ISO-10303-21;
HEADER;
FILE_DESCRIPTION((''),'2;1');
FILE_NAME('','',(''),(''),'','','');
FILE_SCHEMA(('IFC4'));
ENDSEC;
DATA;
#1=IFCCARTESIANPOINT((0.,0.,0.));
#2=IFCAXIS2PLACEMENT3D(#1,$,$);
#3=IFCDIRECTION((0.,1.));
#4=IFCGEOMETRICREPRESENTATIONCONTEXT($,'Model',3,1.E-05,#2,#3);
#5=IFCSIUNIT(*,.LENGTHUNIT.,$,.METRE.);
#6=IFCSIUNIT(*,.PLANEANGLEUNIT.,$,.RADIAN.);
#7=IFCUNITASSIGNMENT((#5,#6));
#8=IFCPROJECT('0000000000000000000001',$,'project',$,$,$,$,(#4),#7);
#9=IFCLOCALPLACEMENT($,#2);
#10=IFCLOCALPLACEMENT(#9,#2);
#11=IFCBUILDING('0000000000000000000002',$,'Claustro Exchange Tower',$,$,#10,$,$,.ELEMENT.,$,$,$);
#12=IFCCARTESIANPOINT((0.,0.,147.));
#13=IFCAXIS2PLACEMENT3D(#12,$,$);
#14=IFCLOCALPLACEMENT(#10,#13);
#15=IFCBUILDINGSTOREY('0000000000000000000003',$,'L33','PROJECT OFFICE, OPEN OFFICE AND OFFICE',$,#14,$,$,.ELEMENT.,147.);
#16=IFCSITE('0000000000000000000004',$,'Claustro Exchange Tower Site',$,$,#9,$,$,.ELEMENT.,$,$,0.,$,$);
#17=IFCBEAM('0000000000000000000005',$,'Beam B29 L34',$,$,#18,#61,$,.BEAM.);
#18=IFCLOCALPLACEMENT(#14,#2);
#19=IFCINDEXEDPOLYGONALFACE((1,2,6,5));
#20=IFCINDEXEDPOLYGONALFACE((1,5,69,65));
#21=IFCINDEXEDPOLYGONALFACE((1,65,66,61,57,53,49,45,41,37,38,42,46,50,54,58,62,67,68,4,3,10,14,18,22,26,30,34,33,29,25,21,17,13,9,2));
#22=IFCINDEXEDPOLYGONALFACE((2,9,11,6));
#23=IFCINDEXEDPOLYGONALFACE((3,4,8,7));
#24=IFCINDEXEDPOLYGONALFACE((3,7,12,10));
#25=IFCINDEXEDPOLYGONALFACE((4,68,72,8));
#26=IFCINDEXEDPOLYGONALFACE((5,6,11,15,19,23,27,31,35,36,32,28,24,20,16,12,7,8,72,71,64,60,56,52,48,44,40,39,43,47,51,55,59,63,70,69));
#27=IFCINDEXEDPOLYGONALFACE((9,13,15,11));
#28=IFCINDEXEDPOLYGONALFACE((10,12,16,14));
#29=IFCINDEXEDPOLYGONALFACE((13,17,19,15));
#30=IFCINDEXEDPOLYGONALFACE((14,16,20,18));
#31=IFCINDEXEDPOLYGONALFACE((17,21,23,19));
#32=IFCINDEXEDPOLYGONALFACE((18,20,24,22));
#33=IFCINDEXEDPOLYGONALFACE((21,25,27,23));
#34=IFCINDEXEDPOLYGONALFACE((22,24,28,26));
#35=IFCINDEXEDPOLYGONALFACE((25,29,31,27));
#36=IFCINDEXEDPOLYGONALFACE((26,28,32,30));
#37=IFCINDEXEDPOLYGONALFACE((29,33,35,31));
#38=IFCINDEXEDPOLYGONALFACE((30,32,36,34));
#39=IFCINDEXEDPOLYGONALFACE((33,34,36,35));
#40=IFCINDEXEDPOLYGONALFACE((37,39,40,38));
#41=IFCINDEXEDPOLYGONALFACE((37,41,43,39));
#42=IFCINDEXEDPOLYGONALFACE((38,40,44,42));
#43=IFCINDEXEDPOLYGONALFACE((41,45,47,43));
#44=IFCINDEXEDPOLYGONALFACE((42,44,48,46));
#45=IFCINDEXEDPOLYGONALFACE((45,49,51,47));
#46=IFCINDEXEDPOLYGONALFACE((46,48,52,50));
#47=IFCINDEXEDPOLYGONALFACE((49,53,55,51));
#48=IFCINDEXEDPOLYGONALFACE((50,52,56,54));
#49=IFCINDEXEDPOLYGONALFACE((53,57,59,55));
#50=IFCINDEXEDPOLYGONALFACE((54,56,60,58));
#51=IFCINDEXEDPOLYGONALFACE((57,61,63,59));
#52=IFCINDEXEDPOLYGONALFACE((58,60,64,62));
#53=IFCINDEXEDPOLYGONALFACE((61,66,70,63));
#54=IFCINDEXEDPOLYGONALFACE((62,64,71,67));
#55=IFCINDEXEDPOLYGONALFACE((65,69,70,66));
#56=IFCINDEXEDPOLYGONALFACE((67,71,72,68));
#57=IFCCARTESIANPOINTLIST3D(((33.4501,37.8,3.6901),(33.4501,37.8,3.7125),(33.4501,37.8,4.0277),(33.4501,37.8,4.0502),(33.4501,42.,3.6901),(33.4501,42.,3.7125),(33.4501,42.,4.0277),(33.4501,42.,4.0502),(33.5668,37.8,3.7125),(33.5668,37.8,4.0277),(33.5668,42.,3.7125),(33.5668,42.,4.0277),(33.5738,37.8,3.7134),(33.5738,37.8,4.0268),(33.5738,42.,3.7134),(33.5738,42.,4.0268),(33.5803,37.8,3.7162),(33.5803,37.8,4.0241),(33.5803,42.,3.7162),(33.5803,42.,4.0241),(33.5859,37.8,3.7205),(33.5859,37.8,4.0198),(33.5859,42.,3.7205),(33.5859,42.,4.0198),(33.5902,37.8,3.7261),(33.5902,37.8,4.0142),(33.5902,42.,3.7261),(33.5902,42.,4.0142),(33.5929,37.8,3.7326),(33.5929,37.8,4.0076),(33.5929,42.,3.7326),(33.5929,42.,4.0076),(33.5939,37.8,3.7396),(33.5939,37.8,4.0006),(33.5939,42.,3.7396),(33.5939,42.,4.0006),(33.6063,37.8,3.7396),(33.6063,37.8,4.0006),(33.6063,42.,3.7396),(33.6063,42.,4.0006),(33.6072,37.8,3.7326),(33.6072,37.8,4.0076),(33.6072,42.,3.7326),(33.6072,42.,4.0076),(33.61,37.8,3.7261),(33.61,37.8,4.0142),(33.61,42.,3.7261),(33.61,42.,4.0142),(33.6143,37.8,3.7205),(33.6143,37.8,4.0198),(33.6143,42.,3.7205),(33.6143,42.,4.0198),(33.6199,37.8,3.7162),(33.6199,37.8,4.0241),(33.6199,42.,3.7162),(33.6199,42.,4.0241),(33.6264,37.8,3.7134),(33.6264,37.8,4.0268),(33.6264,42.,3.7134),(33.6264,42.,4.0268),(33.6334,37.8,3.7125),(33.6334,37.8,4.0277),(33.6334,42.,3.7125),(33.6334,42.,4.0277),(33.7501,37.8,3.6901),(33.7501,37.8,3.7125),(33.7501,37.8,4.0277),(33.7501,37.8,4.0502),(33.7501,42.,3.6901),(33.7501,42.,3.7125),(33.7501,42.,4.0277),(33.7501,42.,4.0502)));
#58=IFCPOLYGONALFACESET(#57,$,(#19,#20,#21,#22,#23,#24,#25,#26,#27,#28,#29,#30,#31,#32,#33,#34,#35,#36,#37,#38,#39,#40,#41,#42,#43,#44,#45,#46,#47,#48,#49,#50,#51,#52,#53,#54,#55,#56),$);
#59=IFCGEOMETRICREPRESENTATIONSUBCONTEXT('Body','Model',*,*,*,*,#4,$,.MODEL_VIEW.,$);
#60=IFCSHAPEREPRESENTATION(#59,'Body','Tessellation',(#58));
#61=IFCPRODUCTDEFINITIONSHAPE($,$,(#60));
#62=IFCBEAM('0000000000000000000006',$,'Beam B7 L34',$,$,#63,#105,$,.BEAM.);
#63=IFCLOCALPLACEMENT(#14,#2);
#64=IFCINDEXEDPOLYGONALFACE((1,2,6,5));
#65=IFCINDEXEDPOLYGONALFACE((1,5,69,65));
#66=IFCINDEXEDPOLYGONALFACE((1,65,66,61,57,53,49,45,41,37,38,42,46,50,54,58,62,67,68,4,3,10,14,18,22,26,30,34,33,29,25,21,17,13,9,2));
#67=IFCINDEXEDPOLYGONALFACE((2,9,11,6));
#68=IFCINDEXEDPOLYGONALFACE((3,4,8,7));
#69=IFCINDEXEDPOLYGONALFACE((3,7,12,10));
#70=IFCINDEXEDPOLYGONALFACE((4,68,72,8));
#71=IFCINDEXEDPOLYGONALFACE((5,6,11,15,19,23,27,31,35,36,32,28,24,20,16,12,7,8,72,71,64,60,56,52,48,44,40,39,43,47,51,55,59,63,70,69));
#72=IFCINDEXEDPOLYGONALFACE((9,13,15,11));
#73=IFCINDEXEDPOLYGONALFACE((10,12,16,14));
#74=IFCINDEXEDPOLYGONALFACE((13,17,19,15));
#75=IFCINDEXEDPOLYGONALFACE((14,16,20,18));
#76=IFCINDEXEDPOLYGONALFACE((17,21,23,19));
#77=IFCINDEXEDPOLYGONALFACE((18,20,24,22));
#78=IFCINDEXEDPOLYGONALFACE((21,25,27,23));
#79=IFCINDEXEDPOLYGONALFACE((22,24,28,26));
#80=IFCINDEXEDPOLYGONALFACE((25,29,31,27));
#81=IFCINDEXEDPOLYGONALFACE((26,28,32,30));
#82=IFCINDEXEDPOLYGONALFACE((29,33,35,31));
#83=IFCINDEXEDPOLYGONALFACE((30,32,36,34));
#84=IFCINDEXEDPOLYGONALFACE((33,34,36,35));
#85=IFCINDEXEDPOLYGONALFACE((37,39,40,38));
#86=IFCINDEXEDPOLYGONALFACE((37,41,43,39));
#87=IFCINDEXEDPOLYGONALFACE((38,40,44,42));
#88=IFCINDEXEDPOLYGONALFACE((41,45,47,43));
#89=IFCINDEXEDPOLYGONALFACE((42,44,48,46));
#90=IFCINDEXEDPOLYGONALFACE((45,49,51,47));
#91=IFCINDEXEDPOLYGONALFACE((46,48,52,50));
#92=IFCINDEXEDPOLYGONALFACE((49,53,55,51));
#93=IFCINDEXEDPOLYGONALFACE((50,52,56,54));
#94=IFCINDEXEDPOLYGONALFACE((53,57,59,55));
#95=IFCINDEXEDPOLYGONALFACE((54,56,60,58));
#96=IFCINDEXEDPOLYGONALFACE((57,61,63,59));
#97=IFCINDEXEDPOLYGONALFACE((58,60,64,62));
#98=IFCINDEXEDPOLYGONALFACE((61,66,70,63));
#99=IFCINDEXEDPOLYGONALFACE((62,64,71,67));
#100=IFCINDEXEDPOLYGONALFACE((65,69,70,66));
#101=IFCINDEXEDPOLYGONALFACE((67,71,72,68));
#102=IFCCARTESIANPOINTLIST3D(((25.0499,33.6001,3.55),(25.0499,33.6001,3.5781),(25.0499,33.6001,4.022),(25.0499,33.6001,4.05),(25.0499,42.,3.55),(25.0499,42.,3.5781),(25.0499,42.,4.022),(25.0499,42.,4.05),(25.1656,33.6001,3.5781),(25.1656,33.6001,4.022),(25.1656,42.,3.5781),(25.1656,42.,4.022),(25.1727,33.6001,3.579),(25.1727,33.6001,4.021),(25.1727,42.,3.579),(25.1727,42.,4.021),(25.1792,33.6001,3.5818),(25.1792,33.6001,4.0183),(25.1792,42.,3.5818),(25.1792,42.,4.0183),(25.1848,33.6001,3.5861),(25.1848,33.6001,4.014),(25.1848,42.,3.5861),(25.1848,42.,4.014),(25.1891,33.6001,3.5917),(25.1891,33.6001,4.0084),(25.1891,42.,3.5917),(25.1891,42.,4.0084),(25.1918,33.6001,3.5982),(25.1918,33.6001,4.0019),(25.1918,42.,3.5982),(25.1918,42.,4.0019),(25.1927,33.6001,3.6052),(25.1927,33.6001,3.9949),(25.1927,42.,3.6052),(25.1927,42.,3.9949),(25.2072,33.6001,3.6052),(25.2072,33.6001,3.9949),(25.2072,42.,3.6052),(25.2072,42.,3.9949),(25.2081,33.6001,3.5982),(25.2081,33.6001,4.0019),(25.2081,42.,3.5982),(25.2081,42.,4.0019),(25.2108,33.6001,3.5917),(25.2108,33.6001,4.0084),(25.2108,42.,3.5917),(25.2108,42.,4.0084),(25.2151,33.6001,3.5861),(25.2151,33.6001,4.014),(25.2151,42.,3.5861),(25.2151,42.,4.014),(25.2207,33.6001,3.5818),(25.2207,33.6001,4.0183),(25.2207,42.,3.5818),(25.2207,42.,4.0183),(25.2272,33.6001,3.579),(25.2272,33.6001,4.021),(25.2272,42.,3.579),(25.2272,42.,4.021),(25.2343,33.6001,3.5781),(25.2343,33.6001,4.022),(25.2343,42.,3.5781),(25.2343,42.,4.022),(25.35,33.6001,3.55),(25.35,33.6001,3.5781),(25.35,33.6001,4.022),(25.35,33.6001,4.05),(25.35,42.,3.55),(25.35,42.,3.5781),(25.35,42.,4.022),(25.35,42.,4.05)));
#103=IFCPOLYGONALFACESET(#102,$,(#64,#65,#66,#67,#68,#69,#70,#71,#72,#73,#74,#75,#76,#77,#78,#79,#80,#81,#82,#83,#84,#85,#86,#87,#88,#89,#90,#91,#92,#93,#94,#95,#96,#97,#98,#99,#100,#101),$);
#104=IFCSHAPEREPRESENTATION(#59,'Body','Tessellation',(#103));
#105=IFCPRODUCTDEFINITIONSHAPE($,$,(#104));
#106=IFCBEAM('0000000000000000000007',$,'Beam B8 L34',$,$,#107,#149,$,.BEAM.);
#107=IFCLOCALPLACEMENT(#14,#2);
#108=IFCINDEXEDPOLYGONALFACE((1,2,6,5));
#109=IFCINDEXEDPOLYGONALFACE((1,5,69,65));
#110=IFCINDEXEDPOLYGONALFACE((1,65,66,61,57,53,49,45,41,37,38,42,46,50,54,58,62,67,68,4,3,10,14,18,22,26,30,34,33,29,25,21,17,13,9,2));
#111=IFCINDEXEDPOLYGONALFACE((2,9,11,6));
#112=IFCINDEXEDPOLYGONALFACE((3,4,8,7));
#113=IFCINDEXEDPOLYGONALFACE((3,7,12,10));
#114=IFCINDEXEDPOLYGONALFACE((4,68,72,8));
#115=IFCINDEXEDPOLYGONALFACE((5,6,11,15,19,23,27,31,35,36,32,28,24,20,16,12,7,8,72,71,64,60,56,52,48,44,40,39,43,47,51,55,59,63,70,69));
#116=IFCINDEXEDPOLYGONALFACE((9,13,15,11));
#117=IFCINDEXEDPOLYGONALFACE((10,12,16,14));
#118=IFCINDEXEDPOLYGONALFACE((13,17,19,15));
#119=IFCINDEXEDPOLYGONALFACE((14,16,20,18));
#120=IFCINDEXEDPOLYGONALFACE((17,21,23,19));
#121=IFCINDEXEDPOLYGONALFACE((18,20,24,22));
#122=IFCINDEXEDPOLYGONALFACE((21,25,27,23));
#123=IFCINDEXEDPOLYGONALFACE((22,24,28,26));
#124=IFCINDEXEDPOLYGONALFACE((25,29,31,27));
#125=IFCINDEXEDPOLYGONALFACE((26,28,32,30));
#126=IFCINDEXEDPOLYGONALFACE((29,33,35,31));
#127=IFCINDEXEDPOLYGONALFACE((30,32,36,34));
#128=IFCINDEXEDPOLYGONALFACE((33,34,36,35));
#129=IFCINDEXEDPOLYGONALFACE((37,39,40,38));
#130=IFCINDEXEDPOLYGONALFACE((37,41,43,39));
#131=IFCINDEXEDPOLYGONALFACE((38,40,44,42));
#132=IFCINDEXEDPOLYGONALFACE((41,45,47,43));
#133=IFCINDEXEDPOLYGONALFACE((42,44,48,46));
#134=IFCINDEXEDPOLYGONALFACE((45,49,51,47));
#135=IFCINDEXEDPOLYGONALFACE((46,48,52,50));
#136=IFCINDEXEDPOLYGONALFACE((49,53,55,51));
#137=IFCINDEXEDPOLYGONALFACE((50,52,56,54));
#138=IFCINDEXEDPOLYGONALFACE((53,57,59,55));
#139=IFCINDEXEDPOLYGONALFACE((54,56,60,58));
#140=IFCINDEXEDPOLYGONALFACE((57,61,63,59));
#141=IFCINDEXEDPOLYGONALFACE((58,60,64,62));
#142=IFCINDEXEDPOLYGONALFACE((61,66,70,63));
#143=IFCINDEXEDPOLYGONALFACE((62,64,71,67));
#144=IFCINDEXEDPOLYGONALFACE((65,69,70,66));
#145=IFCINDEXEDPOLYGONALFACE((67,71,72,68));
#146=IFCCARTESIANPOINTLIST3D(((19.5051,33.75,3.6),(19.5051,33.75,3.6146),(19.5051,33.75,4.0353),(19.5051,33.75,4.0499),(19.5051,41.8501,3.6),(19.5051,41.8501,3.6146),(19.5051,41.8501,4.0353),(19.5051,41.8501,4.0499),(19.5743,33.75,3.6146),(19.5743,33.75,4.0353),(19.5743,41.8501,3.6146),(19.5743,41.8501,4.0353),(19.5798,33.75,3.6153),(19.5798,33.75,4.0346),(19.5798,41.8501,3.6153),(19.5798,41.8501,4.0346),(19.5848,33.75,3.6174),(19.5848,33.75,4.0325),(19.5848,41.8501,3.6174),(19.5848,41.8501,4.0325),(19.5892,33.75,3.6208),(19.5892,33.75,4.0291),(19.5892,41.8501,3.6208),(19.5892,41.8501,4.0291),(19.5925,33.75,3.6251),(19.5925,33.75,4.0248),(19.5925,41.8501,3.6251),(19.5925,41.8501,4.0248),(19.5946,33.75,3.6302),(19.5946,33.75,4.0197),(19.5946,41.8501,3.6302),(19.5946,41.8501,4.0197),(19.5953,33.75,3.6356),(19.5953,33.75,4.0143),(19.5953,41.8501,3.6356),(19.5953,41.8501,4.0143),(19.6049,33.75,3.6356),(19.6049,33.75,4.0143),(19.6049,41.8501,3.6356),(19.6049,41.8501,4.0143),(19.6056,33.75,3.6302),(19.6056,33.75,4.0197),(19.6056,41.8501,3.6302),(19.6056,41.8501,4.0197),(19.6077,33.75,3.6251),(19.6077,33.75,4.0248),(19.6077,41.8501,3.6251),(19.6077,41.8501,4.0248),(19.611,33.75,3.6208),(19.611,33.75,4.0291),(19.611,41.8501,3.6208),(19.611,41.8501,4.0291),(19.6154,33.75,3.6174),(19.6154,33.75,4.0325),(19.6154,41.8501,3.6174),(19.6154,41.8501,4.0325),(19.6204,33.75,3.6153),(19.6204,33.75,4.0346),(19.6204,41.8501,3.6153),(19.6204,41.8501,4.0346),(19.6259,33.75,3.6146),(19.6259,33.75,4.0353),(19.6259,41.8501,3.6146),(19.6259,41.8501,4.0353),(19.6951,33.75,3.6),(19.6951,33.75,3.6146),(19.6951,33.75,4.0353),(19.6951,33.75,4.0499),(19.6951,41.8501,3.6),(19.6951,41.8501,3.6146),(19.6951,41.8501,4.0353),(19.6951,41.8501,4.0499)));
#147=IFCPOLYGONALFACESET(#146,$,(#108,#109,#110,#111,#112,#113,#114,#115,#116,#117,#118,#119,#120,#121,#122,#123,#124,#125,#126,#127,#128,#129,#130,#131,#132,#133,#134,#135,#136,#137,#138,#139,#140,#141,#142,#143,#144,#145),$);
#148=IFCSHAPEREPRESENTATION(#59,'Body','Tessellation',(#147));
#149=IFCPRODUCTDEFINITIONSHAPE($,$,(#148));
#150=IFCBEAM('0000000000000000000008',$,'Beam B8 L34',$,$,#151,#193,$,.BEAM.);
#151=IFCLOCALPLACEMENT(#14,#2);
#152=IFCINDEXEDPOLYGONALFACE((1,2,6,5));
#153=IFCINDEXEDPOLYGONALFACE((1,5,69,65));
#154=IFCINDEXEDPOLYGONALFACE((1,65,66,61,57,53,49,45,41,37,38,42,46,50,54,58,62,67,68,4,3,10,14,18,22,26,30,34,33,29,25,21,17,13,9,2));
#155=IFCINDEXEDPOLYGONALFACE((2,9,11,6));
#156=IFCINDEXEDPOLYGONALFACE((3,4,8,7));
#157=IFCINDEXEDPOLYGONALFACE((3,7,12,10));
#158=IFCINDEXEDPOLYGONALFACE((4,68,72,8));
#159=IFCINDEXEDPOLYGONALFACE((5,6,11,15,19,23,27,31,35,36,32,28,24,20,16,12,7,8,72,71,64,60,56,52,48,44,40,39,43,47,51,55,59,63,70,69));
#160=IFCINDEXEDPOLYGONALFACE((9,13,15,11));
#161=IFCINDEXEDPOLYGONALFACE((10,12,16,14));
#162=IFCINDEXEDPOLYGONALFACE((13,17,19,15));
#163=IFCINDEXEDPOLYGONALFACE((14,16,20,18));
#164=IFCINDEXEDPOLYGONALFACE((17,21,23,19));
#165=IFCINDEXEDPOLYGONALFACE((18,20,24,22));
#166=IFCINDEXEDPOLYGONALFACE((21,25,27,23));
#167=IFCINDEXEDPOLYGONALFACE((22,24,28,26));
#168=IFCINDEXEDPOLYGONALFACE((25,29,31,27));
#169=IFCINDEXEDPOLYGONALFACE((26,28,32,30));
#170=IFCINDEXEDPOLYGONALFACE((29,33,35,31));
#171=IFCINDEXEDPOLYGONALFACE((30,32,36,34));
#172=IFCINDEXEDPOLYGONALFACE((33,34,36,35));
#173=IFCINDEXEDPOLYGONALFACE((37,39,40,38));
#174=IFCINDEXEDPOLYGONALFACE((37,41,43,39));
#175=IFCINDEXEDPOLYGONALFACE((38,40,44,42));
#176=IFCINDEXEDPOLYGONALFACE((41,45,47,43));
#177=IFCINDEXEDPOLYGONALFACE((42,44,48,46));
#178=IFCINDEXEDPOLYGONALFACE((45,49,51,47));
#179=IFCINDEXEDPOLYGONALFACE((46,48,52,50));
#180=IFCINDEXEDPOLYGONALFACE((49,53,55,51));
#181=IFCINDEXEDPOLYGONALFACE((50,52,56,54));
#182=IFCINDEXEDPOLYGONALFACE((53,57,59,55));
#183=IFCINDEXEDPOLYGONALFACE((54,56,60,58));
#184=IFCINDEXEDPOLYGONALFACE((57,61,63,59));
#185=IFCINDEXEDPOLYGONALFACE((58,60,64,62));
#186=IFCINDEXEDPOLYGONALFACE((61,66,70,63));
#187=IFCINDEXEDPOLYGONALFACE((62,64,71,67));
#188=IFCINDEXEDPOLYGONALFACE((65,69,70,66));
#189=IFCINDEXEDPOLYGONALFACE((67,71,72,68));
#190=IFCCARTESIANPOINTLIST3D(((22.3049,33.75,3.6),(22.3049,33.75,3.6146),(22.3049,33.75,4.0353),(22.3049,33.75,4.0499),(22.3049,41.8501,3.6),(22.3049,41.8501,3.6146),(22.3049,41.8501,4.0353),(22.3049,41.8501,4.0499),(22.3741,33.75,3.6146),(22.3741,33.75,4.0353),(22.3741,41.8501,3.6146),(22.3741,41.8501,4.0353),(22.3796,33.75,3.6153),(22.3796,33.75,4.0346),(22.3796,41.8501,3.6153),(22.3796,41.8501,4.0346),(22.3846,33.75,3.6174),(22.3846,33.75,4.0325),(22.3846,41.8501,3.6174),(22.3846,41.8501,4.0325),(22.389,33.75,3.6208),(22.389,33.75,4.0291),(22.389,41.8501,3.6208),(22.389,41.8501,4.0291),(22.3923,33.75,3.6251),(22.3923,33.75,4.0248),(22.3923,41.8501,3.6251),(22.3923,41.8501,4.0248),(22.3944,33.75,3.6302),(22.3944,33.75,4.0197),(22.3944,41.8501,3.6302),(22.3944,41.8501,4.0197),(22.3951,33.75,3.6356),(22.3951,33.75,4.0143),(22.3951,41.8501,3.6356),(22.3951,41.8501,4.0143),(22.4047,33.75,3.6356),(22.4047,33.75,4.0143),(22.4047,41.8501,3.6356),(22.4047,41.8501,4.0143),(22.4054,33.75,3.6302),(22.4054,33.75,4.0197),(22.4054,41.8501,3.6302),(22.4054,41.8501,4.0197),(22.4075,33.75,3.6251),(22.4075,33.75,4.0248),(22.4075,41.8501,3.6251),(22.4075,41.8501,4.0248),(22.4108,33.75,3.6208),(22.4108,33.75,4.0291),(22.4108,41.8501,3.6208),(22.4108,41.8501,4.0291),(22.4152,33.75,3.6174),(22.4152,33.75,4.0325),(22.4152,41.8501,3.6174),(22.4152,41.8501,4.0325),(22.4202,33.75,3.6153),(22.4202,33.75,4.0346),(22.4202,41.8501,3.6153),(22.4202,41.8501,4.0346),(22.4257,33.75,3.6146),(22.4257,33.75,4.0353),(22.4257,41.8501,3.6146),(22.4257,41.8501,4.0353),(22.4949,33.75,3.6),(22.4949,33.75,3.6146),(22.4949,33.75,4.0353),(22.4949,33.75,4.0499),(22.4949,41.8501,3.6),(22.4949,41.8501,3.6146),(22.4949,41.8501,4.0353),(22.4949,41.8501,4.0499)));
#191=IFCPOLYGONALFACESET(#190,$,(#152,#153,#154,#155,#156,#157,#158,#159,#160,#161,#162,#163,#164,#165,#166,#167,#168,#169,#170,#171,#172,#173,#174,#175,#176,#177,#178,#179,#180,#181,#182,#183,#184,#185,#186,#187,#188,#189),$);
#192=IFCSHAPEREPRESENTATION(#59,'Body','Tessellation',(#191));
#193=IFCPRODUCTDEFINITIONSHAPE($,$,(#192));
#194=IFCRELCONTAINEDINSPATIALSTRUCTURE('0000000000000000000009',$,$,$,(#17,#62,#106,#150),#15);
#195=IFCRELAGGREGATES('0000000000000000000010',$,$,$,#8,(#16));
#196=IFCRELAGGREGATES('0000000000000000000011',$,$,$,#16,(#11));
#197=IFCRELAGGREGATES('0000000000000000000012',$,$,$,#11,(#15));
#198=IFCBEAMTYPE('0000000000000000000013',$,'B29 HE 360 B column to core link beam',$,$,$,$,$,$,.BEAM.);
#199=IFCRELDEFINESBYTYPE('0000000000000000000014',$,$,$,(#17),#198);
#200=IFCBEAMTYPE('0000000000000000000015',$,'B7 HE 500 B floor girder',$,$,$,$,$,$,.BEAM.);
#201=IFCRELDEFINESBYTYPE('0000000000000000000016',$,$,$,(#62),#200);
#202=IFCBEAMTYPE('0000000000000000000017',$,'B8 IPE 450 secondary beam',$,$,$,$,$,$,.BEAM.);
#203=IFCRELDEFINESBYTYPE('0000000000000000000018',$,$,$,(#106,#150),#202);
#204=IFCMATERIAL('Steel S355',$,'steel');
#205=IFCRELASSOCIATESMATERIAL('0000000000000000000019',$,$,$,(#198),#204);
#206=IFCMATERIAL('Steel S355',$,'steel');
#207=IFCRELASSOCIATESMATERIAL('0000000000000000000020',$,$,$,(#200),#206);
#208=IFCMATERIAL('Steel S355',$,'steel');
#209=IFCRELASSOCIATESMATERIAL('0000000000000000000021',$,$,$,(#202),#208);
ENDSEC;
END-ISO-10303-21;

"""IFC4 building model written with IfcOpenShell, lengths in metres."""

from ifc_helpers import new_model, si_unit, direction, frame, origin, origin_2d, place, context, subcontext, project, spatial, i_section, extrude, material, material_profile, profile_set, type_object, element, save


model = new_model("IFC4")

# Units and contexts
model_context = context("Model", 3, precision=1e-05, world=origin(), true_north=direction((0.0, 1.0)))
body_context = subcontext(model_context, "Body", "Model", "MODEL_VIEW")
ifc_project = project(units=[si_unit("LENGTHUNIT", "METRE"), si_unit("PLANEANGLEUNIT", "RADIAN")], contexts=[model_context])

# Site, building, storey
site_placement = place(None, origin())
site = spatial("IfcSite", under=ifc_project, at=site_placement, Name="Claustro Exchange Tower Site", CompositionType="ELEMENT", RefElevation=0.0)
building_placement = place(site_placement, origin())
building = spatial("IfcBuilding", under=site, at=building_placement, Name="Claustro Exchange Tower", CompositionType="ELEMENT")
storey_placement = place(building_placement, frame((0.0, 0.0, 147.0)))
storey = spatial("IfcBuildingStorey", under=building, at=storey_placement, Name="L33", Description="PROJECT OFFICE, OPEN OFFICE AND OFFICE", CompositionType="ELEMENT", Elevation=147.0)

# Beams
ifc_material_1 = material(Name="Steel S355", Category="steel")
ifc_material_profile_1 = material_profile(ifc_material_1, i_section(OverallWidth=0.3, OverallDepth=0.3601, WebThickness=0.0125, FlangeThickness=0.0225, FilletRadius=0.0271, at=origin_2d()), Name="HE 360 B")
ifc_profile_set_1 = profile_set([ifc_material_profile_1], Name="Steel S355")
beam_type_1 = type_object("IfcBeamType", Name="B29 HE 360 B column to core link beam", PredefinedType="BEAM", material=ifc_profile_set_1)
beam_1_placement = place(storey_placement, frame((33.6001, 37.8, 3.8701), z_axis=(0.0, 1.0, 0.0), x_axis=(-1.0, 0.0, 0.0)))
element("IfcBeam", 1, at=beam_1_placement, inside=storey, type_object=beam_type_1, Name="Beam B29 L34", PredefinedType="BEAM", context=body_context, shape_type="SweptSolid", body=[
    extrude(i_section(OverallWidth=0.3, OverallDepth=0.3601, WebThickness=0.0125, FlangeThickness=0.0225, FilletRadius=0.0271, at=origin_2d()), origin(), (0.0, 0.0, 1.0), 4.2),
])
ifc_material_2 = material(Name="Steel S355", Category="steel")
ifc_material_profile_2 = material_profile(ifc_material_2, i_section(OverallWidth=0.3, OverallDepth=0.5, WebThickness=0.0144, FlangeThickness=0.0281, FilletRadius=0.0271, at=origin_2d()), Name="HE 500 B")
ifc_profile_set_2 = profile_set([ifc_material_profile_2], Name="Steel S355")
beam_type_2 = type_object("IfcBeamType", Name="B7 HE 500 B floor girder", PredefinedType="BEAM", material=ifc_profile_set_2)
beam_2_placement = place(storey_placement, frame((25.2, 33.6001, 3.8), z_axis=(0.0, 1.0, 0.0), x_axis=(-1.0, 0.0, 0.0)))
element("IfcBeam", 2, at=beam_2_placement, inside=storey, type_object=beam_type_2, Name="Beam B7 L34", PredefinedType="BEAM", context=body_context, shape_type="SweptSolid", body=[
    extrude(i_section(OverallWidth=0.3, OverallDepth=0.5, WebThickness=0.0144, FlangeThickness=0.0281, FilletRadius=0.0271, at=origin_2d()), origin(), (0.0, 0.0, 1.0), 8.3999),
])
ifc_material_3 = material(Name="Steel S355", Category="steel")
ifc_material_profile_3 = material_profile(ifc_material_3, i_section(OverallWidth=0.1899, OverallDepth=0.45, WebThickness=0.0095, FlangeThickness=0.0146, FilletRadius=0.021, at=origin_2d()), Name="IPE 450")
ifc_profile_set_3 = profile_set([ifc_material_profile_3], Name="Steel S355")
beam_type_3 = type_object("IfcBeamType", Name="B8 IPE 450 secondary beam", PredefinedType="BEAM", material=ifc_profile_set_3)
for number, where, z_axis, x_axis, name in (
    (3, (19.6001, 33.75, 3.825), (0.0, 1.0, 0.0), (-1.0, 0.0, 0.0), "Beam B8 L34"),
    (4, (22.3999, 33.75, 3.825), (0.0, 1.0, 0.0), (-1.0, 0.0, 0.0), "Beam B8 L34"),
):
    element("IfcBeam", number, at=place(storey_placement, frame(where, z_axis=z_axis, x_axis=x_axis)), inside=storey, type_object=beam_type_3, Name=name, PredefinedType="BEAM", context=body_context, shape_type="SweptSolid", body=[
        extrude(i_section(OverallWidth=0.1899, OverallDepth=0.45, WebThickness=0.0095, FlangeThickness=0.0146, FilletRadius=0.021, at=origin_2d()), origin(), (0.0, 0.0, 1.0), 8.1001),
    ])

save(model, "model.ifc")
